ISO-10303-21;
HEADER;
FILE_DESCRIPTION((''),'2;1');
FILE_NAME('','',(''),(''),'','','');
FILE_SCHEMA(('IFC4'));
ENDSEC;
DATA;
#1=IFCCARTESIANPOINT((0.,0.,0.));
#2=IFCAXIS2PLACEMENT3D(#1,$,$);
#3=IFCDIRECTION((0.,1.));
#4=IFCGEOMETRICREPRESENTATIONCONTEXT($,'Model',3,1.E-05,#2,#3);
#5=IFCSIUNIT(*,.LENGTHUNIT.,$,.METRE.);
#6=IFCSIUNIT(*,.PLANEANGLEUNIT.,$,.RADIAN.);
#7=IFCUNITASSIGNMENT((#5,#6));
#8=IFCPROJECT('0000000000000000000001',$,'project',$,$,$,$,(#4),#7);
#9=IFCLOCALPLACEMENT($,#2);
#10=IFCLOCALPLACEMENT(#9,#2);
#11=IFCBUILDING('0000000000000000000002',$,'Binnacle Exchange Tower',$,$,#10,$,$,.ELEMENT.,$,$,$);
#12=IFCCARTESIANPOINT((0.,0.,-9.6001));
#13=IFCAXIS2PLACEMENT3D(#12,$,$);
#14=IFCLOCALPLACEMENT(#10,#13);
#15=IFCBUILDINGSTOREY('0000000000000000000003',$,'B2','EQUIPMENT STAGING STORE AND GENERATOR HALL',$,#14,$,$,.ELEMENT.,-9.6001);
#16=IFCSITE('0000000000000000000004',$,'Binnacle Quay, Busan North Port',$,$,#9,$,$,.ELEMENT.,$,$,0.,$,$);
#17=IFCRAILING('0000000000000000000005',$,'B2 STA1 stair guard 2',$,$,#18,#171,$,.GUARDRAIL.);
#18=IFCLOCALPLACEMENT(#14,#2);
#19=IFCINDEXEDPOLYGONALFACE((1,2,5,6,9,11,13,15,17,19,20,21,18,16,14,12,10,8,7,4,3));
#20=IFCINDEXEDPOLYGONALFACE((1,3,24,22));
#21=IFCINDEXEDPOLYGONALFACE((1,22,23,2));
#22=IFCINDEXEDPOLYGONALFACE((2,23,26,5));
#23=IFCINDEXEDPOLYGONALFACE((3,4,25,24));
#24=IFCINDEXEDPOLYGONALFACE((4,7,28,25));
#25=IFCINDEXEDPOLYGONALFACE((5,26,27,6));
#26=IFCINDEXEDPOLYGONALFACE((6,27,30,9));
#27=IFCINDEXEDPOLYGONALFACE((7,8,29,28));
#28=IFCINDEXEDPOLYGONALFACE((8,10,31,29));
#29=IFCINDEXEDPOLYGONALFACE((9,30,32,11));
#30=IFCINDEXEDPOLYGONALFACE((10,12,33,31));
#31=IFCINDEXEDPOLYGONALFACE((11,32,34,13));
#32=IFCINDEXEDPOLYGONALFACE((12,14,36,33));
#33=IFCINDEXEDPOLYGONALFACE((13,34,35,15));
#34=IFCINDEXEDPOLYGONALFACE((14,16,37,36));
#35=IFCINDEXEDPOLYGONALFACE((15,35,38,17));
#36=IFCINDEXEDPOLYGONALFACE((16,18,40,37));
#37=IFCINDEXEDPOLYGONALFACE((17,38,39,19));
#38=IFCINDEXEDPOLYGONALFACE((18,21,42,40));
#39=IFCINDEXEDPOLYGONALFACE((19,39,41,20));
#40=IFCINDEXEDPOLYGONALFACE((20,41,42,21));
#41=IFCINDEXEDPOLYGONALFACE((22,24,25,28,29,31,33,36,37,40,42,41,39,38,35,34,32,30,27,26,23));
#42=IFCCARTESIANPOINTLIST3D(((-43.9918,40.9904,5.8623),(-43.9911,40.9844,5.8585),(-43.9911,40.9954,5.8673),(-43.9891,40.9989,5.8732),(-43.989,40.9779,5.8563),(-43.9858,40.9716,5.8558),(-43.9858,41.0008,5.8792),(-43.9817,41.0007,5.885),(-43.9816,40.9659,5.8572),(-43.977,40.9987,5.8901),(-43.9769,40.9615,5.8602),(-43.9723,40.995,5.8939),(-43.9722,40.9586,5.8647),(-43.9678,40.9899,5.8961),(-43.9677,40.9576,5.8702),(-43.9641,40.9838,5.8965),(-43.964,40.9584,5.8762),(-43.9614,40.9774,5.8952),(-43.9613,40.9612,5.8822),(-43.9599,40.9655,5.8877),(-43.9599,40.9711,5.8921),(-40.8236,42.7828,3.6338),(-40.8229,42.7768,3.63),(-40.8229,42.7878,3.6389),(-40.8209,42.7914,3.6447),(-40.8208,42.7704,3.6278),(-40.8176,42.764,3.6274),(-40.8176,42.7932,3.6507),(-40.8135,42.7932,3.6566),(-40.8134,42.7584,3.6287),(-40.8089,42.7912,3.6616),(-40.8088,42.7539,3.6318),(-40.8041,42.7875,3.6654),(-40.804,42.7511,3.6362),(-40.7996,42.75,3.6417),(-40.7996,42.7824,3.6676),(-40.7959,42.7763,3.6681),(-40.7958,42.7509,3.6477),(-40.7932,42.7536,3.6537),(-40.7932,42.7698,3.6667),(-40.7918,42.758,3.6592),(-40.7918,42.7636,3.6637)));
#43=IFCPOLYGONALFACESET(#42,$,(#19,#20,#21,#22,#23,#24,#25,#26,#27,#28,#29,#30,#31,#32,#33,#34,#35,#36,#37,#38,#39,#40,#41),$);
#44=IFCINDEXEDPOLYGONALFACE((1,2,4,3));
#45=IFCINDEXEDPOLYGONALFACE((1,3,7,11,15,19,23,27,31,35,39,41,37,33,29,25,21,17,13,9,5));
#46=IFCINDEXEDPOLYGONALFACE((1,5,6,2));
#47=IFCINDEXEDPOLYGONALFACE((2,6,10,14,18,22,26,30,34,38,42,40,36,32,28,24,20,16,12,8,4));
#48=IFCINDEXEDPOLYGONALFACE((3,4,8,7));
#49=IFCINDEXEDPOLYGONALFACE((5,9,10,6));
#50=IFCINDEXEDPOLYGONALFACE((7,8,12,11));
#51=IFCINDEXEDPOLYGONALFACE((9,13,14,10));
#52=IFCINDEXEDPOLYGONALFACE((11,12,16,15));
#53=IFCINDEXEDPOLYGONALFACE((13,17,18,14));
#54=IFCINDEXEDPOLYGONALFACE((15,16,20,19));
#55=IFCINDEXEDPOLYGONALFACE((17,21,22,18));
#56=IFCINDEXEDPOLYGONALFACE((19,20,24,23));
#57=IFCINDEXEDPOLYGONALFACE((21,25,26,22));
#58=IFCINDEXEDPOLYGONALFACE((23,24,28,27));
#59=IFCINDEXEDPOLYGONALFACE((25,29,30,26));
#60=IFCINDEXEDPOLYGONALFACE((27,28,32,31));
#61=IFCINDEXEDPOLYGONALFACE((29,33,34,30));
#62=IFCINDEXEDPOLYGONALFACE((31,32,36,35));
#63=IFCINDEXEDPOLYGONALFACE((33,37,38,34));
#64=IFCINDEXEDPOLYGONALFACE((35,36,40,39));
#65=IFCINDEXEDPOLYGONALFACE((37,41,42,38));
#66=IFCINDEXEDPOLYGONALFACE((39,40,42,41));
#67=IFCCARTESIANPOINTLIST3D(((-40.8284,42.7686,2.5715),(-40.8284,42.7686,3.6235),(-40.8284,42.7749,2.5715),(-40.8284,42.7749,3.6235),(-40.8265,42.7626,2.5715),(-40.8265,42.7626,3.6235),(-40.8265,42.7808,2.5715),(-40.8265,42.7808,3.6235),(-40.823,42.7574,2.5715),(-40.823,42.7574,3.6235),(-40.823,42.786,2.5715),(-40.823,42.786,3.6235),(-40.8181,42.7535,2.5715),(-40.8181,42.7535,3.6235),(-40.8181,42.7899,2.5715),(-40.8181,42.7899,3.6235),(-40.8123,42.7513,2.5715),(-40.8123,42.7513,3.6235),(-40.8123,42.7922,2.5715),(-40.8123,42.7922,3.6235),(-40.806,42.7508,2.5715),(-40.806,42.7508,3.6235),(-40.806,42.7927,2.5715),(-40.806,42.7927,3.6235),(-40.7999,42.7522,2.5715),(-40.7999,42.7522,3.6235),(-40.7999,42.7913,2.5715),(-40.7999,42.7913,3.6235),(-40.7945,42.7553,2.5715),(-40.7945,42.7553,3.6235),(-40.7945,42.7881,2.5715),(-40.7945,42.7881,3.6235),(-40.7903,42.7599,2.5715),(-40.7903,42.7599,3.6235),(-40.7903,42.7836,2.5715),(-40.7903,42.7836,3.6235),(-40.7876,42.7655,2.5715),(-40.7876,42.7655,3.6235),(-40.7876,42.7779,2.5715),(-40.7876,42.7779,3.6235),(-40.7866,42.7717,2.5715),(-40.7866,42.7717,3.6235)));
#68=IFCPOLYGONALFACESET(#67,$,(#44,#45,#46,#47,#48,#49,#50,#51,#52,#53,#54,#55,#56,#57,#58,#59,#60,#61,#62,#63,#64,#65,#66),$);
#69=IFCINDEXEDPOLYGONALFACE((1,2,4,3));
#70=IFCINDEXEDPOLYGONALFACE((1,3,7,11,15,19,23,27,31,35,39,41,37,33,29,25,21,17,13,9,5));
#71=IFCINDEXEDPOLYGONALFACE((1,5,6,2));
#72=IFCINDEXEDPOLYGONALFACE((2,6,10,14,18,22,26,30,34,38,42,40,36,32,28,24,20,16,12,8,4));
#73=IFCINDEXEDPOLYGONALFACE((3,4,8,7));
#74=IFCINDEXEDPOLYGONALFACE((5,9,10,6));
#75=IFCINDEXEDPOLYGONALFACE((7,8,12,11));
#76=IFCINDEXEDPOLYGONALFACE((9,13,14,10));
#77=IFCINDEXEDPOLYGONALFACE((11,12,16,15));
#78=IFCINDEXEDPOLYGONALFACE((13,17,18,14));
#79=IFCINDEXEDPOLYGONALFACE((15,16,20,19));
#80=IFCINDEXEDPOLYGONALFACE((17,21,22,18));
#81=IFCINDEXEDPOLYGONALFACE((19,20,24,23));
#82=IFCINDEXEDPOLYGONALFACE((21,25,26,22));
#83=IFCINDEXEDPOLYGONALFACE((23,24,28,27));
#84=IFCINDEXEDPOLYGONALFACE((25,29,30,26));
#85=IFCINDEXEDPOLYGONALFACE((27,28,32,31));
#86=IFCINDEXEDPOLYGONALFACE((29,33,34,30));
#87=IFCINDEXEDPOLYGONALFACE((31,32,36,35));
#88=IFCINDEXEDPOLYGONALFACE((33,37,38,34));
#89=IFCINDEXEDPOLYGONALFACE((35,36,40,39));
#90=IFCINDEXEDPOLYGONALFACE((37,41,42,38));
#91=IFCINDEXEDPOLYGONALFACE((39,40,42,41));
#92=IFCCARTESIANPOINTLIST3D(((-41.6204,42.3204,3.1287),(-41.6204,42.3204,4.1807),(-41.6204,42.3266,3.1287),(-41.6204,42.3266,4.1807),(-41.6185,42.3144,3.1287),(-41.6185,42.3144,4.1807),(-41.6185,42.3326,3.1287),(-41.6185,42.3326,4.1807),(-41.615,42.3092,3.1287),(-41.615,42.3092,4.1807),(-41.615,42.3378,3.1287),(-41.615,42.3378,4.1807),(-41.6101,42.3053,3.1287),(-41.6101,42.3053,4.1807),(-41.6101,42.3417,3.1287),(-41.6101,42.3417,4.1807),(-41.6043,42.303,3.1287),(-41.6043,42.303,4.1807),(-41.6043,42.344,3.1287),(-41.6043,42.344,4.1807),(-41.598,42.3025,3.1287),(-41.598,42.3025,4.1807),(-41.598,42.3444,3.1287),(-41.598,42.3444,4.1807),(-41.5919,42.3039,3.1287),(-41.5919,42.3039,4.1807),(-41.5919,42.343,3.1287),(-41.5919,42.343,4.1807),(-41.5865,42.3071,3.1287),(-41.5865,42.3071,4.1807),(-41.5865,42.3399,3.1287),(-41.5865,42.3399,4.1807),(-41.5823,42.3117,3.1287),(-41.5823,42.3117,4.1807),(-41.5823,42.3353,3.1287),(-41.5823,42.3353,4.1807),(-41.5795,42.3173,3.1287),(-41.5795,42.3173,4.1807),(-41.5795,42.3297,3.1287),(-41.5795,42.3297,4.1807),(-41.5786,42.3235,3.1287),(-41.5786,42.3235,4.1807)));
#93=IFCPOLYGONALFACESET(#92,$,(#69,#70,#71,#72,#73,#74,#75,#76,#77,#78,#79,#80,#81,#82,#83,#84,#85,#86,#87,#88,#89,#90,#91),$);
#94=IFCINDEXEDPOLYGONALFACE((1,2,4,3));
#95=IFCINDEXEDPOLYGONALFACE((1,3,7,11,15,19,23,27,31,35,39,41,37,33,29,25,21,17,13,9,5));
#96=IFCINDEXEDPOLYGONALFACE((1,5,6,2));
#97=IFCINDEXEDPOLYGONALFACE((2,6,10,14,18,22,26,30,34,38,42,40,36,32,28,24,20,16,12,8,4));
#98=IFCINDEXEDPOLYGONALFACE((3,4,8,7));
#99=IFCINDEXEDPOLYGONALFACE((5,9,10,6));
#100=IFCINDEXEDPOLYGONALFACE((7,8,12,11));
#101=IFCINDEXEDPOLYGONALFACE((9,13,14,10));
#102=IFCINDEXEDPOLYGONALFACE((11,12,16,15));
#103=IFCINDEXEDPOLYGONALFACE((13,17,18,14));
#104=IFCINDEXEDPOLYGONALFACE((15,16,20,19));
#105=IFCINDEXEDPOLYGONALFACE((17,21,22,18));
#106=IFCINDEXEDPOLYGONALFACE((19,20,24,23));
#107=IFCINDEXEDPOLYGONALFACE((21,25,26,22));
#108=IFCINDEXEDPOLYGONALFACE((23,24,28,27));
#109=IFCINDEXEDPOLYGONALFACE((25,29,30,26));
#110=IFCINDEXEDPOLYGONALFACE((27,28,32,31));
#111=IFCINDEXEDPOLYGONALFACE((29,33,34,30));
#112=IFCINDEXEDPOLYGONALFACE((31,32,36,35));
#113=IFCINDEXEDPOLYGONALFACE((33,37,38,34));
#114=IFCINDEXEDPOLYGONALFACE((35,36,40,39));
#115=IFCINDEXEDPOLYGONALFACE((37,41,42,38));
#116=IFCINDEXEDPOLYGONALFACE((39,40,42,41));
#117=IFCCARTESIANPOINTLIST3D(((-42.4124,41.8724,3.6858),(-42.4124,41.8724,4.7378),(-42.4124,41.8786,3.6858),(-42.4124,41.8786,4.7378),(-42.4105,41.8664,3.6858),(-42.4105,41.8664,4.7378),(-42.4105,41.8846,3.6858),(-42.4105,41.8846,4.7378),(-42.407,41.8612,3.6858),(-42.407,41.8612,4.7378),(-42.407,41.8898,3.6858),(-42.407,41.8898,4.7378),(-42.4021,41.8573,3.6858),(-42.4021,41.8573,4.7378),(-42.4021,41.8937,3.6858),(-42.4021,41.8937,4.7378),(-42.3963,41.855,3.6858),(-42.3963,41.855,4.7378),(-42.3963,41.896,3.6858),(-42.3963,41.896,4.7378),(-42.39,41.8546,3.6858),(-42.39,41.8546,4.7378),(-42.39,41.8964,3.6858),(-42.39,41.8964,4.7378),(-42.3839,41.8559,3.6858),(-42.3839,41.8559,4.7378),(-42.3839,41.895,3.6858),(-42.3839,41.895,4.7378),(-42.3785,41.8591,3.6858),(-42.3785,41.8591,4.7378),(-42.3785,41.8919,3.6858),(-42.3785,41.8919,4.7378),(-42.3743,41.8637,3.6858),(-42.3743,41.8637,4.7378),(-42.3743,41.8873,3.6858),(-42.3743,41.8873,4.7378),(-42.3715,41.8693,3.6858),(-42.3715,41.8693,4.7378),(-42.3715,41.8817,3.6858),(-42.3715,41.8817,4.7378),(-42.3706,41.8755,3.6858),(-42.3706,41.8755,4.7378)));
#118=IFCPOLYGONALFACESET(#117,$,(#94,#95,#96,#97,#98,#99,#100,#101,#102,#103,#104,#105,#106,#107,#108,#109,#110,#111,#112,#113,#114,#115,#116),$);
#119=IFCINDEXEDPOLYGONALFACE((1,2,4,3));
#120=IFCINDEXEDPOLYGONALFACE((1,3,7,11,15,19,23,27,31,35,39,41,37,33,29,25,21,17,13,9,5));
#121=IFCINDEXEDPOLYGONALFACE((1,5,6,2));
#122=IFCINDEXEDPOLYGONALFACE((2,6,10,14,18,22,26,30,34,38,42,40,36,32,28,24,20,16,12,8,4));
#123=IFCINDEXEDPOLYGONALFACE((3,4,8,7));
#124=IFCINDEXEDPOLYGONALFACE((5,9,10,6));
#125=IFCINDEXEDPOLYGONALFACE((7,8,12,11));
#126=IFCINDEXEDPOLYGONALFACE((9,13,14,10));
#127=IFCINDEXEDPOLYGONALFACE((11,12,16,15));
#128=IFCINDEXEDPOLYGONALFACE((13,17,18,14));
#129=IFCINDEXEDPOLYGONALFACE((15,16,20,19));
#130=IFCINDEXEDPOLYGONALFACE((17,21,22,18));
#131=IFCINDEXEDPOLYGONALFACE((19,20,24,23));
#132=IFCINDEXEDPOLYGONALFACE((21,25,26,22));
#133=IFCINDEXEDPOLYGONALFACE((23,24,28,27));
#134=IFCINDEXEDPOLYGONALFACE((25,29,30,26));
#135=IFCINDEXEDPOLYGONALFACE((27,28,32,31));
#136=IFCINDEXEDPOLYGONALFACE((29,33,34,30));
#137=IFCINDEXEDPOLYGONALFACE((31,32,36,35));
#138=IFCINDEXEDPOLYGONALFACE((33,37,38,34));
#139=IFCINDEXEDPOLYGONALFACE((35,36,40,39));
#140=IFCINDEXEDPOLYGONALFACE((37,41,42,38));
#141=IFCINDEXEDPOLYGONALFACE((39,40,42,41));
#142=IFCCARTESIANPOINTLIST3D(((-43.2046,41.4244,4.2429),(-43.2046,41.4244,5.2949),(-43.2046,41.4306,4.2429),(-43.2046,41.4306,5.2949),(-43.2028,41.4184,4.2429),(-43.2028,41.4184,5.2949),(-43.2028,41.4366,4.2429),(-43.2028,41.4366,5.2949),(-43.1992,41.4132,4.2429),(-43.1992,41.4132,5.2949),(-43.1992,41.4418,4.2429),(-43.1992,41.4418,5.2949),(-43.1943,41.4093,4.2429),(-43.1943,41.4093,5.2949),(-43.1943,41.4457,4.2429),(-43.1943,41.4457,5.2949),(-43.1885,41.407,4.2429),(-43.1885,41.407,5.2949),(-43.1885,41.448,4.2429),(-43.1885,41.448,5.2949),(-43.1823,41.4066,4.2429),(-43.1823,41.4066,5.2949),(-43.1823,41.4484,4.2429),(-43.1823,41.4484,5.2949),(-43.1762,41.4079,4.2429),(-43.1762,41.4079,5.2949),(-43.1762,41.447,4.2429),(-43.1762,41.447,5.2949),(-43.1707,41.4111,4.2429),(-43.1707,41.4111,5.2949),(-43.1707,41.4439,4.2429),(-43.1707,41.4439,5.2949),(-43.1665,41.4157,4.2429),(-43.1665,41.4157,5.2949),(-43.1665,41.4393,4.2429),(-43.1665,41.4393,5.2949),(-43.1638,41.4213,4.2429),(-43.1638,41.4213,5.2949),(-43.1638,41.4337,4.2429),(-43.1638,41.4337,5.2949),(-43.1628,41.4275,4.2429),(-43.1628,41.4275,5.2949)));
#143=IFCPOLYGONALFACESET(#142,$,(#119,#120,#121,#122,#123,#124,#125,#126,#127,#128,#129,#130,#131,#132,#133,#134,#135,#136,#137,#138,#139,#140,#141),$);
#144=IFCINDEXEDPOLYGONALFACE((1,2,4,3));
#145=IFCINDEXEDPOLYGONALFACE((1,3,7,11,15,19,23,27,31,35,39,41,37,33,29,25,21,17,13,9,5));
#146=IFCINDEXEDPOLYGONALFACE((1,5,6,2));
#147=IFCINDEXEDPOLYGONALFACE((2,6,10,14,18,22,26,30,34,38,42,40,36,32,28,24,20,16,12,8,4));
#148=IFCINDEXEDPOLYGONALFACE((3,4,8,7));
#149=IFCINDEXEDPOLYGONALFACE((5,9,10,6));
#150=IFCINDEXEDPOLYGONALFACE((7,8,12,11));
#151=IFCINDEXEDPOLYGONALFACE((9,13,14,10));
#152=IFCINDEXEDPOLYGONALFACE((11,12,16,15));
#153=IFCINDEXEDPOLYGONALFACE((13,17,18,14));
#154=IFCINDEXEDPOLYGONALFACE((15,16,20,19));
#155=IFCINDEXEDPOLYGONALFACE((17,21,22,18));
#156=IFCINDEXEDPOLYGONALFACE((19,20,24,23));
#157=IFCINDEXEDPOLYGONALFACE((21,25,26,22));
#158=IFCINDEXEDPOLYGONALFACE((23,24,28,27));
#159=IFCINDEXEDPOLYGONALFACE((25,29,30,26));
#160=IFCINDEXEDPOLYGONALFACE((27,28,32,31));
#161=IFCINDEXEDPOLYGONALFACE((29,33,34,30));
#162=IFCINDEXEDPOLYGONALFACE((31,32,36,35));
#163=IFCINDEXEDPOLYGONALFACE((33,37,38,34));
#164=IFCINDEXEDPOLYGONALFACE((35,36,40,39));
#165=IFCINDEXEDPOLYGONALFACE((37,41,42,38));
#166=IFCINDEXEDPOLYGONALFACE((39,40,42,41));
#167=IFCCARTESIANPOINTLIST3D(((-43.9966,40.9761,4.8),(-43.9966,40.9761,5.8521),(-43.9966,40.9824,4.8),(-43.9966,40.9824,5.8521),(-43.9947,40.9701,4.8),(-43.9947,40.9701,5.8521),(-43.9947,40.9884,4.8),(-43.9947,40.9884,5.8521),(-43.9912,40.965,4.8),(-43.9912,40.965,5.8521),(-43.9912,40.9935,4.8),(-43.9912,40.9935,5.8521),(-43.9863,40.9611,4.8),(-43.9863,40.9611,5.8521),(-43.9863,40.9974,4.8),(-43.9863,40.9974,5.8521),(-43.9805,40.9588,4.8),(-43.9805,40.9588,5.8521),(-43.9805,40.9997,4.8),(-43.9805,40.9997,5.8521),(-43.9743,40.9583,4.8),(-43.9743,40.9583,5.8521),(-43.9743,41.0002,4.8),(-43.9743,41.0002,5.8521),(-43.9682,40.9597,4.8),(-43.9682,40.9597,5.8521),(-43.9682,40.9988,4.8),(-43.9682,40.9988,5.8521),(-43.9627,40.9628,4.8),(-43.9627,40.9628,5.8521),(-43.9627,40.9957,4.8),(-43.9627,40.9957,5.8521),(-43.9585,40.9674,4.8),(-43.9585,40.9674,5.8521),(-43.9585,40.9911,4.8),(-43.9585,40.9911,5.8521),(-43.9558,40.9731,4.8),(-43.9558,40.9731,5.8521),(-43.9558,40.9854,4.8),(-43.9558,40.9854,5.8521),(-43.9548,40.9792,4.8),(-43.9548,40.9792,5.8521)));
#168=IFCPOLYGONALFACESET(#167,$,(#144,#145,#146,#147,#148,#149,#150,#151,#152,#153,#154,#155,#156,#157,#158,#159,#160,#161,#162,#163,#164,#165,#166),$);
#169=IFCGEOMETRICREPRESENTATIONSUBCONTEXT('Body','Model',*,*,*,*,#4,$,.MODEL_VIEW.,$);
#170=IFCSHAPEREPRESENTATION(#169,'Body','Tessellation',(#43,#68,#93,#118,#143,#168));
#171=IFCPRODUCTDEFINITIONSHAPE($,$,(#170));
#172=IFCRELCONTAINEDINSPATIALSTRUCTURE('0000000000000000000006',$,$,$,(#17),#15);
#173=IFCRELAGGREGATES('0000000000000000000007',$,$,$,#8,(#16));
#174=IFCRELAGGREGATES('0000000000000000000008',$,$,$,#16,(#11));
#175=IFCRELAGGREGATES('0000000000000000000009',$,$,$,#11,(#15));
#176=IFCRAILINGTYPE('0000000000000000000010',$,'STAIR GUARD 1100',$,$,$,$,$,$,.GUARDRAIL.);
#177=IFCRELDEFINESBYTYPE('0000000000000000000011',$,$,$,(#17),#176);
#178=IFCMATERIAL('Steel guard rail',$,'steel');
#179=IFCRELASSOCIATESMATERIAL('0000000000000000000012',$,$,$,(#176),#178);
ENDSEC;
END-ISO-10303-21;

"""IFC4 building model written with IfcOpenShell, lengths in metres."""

from ifc_helpers import new_model, si_unit, direction, frame, origin, origin_2d, place, context, subcontext, project, spatial, circle, extrude, material, type_object, element, save


model = new_model("IFC4")

# Units and contexts
model_context = context("Model", 3, precision=1e-05, world=origin(), true_north=direction((0.0, 1.0)))
body_context = subcontext(model_context, "Body", "Model", "MODEL_VIEW")
ifc_project = project(units=[si_unit("LENGTHUNIT", "METRE"), si_unit("PLANEANGLEUNIT", "RADIAN")], contexts=[model_context])

# Site, building, storey
site_placement = place(None, origin())
site = spatial("IfcSite", under=ifc_project, at=site_placement, Name="Binnacle Quay, Busan North Port", CompositionType="ELEMENT", RefElevation=0.0)
building_placement = place(site_placement, origin())
building = spatial("IfcBuilding", under=site, at=building_placement, Name="Binnacle Exchange Tower", CompositionType="ELEMENT")
storey_placement = place(building_placement, frame((0.0, 0.0, -9.6001)))
storey = spatial("IfcBuildingStorey", under=building, at=storey_placement, Name="B2", Description="EQUIPMENT STAGING STORE AND GENERATOR HALL", CompositionType="ELEMENT", Elevation=-9.6001)

# Railing
ifc_material_1 = material(Name="Steel guard rail", Category="steel")
railing_type_1 = type_object("IfcRailingType", Name="STAIR GUARD 1100", PredefinedType="GUARDRAIL", material=ifc_material_1)
railing_1_placement = place(storey_placement, frame((-40.8076, 42.7717, 2.5715)))
element("IfcRailing", 1, at=railing_1_placement, inside=storey, type_object=railing_type_1, Name="B2 STA1 stair guard 2", PredefinedType="GUARDRAIL", context=body_context, shape_type="SweptSolid", body=[
    extrude(circle(Radius=0.0239, at=origin_2d()), frame((0.0, 0.0, 1.0762), z_axis=(-0.742297, -0.41997, 0.522131), x_axis=(0.492422, -0.870357, 0.0)), (0.0, 0.0, 1.0), 4.2681),
    extrude(circle(Radius=0.021, at=origin_2d()), origin(), (0.0, 0.0, 1.0), 1.052),
    extrude(circle(Radius=0.021, at=origin_2d()), frame((-0.792, -0.4482, 0.5571)), (0.0, 0.0, 1.0), 1.052),
    extrude(circle(Radius=0.021, at=origin_2d()), frame((-1.584, -0.8962, 1.1143)), (0.0, 0.0, 1.0), 1.052),
    extrude(circle(Radius=0.021, at=origin_2d()), frame((-2.3762, -1.3442, 1.6714)), (0.0, 0.0, 1.0), 1.052),
    extrude(circle(Radius=0.021, at=origin_2d()), frame((-3.1682, -1.7925, 2.2285)), (0.0, 0.0, 1.0), 1.052),
])

save(model, "model.ifc")
